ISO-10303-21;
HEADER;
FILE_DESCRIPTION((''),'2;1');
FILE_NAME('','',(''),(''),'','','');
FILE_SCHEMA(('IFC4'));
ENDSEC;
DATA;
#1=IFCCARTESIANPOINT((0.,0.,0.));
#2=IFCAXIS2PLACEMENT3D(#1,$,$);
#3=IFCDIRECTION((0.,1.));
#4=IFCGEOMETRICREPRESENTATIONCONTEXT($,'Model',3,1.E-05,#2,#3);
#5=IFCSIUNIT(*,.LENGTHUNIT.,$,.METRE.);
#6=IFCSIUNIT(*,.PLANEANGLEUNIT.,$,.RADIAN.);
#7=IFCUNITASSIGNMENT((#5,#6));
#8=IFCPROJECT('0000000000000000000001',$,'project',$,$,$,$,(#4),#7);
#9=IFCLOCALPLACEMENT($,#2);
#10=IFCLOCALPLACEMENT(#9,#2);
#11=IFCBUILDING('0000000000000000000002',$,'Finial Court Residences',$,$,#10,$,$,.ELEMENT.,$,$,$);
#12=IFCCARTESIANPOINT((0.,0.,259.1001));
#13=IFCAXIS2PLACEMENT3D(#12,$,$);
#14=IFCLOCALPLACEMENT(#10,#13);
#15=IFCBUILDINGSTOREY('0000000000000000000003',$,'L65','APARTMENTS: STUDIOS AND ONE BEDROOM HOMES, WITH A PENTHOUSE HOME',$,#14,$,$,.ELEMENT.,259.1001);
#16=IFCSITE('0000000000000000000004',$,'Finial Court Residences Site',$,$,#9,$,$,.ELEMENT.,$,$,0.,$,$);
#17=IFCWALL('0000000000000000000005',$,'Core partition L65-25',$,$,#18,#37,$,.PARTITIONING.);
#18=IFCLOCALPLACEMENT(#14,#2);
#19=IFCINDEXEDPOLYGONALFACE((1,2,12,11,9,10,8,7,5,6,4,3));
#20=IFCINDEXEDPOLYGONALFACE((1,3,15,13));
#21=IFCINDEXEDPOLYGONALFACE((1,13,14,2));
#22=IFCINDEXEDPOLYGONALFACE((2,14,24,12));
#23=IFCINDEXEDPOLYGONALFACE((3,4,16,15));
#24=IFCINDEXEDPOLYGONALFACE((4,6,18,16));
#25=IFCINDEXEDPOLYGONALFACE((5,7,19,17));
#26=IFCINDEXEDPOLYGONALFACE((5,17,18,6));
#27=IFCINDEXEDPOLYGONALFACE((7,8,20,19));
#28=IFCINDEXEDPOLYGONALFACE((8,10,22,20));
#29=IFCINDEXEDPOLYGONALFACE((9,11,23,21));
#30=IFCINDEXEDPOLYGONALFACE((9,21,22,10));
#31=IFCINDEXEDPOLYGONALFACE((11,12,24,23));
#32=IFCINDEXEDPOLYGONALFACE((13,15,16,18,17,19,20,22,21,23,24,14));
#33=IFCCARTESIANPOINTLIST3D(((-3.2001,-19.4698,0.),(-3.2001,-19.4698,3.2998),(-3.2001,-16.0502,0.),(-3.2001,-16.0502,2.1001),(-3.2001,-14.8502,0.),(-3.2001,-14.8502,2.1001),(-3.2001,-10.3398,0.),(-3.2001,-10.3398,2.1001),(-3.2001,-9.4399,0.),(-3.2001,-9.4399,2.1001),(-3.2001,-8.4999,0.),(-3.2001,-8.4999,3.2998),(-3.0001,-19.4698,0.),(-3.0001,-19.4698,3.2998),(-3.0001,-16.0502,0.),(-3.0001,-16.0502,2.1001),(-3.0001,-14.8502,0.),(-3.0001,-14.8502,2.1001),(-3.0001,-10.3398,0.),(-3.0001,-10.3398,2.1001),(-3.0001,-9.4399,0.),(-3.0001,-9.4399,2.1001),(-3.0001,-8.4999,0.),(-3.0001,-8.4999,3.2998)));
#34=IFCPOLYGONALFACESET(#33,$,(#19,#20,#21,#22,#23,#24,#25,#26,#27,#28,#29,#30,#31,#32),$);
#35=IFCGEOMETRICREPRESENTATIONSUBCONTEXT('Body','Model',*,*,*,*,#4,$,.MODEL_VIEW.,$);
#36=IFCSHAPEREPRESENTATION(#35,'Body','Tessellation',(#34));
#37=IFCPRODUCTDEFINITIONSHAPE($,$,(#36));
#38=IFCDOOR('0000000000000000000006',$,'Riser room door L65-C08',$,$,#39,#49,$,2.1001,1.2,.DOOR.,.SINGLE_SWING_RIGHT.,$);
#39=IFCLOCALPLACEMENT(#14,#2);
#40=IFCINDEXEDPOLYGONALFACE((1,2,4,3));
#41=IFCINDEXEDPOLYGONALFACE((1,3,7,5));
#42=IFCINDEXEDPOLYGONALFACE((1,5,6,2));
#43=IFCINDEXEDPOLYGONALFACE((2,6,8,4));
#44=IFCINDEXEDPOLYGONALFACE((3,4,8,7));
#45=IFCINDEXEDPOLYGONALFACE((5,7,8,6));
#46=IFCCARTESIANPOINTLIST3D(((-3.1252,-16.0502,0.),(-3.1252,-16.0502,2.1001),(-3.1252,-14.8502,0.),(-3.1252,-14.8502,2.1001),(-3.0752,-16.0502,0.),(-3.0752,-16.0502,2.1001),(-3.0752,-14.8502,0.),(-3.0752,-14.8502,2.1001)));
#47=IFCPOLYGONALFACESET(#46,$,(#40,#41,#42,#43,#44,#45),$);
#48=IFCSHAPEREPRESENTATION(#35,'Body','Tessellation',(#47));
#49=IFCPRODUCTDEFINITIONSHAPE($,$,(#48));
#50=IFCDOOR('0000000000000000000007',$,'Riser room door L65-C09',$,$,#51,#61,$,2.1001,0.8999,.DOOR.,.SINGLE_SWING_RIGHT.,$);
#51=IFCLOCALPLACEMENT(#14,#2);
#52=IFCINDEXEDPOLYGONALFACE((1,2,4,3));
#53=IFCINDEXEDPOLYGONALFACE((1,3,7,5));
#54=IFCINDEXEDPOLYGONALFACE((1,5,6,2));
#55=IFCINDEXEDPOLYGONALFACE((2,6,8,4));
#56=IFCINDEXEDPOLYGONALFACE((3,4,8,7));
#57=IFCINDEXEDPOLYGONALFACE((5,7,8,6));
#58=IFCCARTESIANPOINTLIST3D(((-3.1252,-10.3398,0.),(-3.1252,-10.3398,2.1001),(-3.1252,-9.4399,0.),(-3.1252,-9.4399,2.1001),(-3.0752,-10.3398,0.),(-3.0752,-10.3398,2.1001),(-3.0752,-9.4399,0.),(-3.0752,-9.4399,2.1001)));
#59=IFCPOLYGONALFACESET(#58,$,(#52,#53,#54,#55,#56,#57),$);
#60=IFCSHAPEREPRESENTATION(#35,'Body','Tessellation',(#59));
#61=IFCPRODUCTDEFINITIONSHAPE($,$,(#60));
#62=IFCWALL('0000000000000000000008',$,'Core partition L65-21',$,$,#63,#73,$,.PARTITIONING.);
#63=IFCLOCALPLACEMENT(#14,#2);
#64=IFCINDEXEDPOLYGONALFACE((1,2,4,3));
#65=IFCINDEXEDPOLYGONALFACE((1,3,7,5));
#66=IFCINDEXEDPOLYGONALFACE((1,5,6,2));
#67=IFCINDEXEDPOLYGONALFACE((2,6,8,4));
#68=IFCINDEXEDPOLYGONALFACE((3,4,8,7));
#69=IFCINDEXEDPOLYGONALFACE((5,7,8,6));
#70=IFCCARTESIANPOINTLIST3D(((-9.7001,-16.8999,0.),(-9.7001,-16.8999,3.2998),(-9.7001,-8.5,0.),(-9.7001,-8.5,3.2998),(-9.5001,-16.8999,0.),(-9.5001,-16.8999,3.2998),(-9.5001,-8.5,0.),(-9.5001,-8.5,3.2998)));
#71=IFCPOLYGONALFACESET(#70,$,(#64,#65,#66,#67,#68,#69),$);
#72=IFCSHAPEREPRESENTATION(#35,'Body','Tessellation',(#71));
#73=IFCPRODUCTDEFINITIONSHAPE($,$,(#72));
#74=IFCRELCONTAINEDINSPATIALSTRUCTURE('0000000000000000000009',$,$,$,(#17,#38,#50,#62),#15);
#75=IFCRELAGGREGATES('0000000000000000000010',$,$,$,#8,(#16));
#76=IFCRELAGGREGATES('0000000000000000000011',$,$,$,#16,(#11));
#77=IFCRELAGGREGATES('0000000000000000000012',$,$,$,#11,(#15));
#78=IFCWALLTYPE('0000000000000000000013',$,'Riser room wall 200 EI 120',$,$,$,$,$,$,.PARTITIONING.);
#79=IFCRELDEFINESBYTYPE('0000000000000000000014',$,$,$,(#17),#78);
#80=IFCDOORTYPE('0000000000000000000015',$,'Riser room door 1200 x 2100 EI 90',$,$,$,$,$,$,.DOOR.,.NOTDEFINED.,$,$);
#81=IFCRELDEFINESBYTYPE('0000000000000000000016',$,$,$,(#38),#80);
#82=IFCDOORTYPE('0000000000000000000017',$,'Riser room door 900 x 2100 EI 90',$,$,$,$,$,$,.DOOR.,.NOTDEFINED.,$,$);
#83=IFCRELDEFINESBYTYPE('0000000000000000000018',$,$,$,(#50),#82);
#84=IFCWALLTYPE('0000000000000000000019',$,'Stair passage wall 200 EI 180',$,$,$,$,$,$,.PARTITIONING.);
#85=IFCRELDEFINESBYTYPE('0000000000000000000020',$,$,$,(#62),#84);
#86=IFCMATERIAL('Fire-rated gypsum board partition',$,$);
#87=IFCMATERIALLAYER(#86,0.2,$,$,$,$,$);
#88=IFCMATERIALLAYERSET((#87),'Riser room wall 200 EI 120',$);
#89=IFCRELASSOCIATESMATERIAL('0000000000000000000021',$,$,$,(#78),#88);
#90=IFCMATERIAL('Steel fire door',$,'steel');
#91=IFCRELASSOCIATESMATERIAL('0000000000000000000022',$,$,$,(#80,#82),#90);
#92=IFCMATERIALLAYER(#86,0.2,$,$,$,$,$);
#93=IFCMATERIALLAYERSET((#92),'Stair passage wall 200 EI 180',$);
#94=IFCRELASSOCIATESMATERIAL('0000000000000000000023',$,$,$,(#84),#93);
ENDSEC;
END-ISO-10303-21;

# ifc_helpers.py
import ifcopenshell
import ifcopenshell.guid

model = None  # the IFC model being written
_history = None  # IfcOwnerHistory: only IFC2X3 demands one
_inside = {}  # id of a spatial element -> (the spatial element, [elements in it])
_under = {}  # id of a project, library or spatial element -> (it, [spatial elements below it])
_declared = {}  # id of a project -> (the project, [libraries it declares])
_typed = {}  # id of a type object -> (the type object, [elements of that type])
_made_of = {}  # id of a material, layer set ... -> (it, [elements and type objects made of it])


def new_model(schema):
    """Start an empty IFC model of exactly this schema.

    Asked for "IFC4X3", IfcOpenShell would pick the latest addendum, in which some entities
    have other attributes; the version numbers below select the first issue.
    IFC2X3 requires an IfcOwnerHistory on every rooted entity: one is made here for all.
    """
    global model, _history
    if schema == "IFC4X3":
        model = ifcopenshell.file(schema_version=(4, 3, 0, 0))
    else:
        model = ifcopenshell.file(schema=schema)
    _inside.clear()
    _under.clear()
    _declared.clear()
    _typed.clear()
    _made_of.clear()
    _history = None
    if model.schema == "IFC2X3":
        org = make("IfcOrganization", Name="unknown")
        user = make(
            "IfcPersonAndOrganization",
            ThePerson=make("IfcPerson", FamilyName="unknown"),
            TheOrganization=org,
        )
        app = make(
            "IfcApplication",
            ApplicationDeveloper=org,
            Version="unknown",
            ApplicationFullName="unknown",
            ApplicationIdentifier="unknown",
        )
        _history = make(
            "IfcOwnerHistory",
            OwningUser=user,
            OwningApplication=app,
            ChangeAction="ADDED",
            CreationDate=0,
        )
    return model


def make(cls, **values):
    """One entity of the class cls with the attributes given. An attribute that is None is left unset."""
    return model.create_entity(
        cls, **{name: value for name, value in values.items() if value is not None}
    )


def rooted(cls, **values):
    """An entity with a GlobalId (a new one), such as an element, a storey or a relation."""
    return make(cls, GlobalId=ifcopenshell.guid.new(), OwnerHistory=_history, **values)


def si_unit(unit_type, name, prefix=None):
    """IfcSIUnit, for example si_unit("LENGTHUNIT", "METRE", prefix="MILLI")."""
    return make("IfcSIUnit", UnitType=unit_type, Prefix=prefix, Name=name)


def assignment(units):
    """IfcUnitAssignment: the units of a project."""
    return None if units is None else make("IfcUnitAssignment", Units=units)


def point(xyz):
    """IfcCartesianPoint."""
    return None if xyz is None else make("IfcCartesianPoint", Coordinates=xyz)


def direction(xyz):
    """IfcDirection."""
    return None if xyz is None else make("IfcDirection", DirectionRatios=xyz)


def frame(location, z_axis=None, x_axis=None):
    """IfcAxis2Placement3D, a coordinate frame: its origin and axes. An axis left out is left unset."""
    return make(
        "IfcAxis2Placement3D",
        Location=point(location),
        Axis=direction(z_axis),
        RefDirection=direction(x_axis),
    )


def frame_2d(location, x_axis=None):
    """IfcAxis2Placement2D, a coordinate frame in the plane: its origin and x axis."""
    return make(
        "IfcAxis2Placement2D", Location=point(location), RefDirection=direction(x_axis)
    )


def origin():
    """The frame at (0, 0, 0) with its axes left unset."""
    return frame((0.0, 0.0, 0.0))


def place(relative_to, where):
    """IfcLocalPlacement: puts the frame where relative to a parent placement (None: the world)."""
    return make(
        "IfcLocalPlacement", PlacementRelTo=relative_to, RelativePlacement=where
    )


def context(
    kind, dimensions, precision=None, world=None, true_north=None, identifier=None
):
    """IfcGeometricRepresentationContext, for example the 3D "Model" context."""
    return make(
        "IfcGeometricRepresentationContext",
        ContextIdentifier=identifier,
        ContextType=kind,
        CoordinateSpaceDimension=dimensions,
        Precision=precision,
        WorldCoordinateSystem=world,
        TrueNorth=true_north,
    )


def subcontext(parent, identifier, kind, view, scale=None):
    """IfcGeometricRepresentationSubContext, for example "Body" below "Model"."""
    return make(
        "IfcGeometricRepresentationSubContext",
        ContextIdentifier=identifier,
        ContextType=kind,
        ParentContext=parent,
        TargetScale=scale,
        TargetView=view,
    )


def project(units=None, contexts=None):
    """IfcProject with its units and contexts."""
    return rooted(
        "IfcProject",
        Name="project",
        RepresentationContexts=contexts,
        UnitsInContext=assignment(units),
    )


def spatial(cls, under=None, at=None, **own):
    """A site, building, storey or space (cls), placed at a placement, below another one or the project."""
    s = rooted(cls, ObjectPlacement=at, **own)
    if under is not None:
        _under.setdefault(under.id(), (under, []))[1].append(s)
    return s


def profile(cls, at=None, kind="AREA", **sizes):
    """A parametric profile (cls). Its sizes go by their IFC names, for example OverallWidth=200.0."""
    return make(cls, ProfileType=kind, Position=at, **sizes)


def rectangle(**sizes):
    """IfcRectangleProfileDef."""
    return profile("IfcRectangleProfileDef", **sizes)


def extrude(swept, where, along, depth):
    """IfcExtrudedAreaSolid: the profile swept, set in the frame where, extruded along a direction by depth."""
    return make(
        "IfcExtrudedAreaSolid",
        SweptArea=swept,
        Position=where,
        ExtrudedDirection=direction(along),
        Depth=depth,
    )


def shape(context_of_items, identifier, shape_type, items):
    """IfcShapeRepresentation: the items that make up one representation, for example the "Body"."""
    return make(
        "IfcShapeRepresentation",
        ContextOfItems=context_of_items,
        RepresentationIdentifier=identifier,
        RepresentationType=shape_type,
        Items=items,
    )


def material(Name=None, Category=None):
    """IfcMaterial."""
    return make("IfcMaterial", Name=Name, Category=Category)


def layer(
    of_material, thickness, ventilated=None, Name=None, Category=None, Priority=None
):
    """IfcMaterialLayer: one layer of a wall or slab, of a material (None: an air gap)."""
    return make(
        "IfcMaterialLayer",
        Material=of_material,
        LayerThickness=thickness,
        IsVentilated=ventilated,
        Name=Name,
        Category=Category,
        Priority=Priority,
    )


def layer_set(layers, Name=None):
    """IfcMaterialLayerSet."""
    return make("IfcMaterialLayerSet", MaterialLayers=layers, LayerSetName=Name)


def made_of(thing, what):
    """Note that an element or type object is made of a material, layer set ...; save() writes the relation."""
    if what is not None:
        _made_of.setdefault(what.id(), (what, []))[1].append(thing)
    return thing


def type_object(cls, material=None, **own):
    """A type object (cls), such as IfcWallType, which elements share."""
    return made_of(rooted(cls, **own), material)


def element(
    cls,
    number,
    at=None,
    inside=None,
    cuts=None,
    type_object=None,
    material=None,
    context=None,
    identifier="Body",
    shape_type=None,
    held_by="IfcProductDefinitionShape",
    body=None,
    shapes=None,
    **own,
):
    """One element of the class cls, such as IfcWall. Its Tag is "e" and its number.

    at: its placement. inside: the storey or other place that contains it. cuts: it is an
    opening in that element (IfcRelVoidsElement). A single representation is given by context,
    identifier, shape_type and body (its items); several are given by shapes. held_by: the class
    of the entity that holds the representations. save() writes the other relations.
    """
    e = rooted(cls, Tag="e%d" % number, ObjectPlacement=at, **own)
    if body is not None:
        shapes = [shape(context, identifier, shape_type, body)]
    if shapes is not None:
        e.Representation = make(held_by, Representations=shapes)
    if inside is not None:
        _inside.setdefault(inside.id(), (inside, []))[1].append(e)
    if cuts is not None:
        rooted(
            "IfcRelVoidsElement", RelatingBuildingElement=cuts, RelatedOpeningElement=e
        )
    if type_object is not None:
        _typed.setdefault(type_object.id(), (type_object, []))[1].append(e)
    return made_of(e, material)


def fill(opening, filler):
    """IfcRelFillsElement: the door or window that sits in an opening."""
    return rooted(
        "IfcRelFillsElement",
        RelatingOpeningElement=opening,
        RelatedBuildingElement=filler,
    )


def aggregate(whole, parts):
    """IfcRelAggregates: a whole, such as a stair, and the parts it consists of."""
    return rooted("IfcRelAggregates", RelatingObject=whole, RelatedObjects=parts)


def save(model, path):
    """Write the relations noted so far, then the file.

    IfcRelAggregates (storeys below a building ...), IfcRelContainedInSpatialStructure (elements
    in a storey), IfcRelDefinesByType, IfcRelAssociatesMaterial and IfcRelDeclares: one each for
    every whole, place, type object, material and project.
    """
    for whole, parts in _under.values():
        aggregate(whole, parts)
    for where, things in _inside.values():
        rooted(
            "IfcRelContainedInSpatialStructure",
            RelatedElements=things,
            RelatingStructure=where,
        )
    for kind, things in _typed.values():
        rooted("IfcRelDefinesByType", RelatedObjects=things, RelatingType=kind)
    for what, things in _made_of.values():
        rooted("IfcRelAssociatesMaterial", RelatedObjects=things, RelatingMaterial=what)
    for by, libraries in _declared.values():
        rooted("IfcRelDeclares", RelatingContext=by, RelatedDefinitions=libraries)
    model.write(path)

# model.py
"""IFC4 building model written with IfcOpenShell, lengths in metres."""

from ifc_helpers import new_model, si_unit, direction, frame, frame_2d, origin, place, context, subcontext, project, spatial, rectangle, extrude, material, layer, layer_set, type_object, element, fill, save


model = new_model("IFC4")

# Units and contexts
model_context = context("Model", 3, precision=1e-05, world=origin(), true_north=direction((0.0, 1.0)))
body_context = subcontext(model_context, "Body", "Model", "MODEL_VIEW")
ifc_project = project(units=[si_unit("LENGTHUNIT", "METRE"), si_unit("PLANEANGLEUNIT", "RADIAN")], contexts=[model_context])

# Site, building, storey
site_placement = place(None, origin())
site = spatial("IfcSite", under=ifc_project, at=site_placement, Name="Finial Court Residences Site", CompositionType="ELEMENT", RefElevation=0.0)
building_placement = place(site_placement, origin())
building = spatial("IfcBuilding", under=site, at=building_placement, Name="Finial Court Residences", CompositionType="ELEMENT")
storey_placement = place(building_placement, frame((0.0, 0.0, 259.1001)))
storey = spatial("IfcBuildingStorey", under=building, at=storey_placement, Name="L65", Description="APARTMENTS: STUDIOS AND ONE BEDROOM HOMES, WITH A PENTHOUSE HOME", CompositionType="ELEMENT", Elevation=259.1001)

# Shared definitions
ifc_material_1 = material(Name="Fire-rated gypsum board partition")

# Wall, openings, doors
ifc_layer_1 = layer(ifc_material_1, 0.2)
ifc_layer_set_1 = layer_set([ifc_layer_1], Name="Riser room wall 200 EI 120")
wall_type_1 = type_object("IfcWallType", Name="Riser room wall 200 EI 120", PredefinedType="PARTITIONING", material=ifc_layer_set_1)
wall_1_placement = place(storey_placement, frame((-3.1001, -8.5, 0.0), z_axis=(0.0, 0.0, 1.0), x_axis=(0.0, -1.0, 0.0)))
wall_1 = element("IfcWall", 1, at=wall_1_placement, inside=storey, type_object=wall_type_1, Name="Core partition L65-25", PredefinedType="PARTITIONING", context=body_context, shape_type="SweptSolid", body=[
    extrude(rectangle(XDim=10.97, YDim=0.2, at=frame_2d((5.4849, 0.0))), origin(), (0.0, 0.0, 1.0), 3.2998),
])
opening_1_placement = place(wall_1_placement, frame((6.3501, 0.0, 0.0)))
opening_1 = element("IfcOpeningElement", 2, at=opening_1_placement, cuts=wall_1, PredefinedType="OPENING", context=body_context, shape_type="SweptSolid", body=[
    extrude(rectangle(XDim=1.2, YDim=2.1001, at=frame_2d((0.6001, 1.05))), frame((0.0, 0.1099, 0.0), z_axis=(0.0, -1.0, 0.0), x_axis=(1.0, 0.0, 0.0)), (0.0, 0.0, 1.0), 0.22),
])
opening_2_placement = place(wall_1_placement, frame((0.9399, 0.0, 0.0)))
opening_2 = element("IfcOpeningElement", 3, at=opening_2_placement, cuts=wall_1, PredefinedType="OPENING", context=body_context, shape_type="SweptSolid", body=[
    extrude(rectangle(XDim=0.8999, YDim=2.1001, at=frame_2d((0.45, 1.05))), frame((0.0, 0.1099, 0.0), z_axis=(0.0, -1.0, 0.0), x_axis=(1.0, 0.0, 0.0)), (0.0, 0.0, 1.0), 0.22),
])
ifc_material_2 = material(Name="Steel fire door", Category="steel")
door_type_1 = type_object("IfcDoorType", Name="Riser room door 1200 x 2100 EI 90", OperationType="NOTDEFINED", PredefinedType="DOOR", material=ifc_material_2)
door_1_placement = place(opening_1_placement, origin())
door_1 = element("IfcDoor", 4, at=door_1_placement, inside=storey, type_object=door_type_1, Name="Riser room door L65-C08", OperationType="SINGLE_SWING_RIGHT", OverallHeight=2.1001, OverallWidth=1.2, PredefinedType="DOOR", context=body_context, shape_type="SweptSolid", body=[
    extrude(rectangle(XDim=1.2, YDim=2.1001, at=frame_2d((0.6001, 1.05))), frame((0.0, 0.0249, 0.0), z_axis=(0.0, -1.0, 0.0), x_axis=(1.0, 0.0, 0.0)), (0.0, 0.0, 1.0), 0.05),
])
fill(opening_1, door_1)
door_type_2 = type_object("IfcDoorType", Name="Riser room door 900 x 2100 EI 90", OperationType="NOTDEFINED", PredefinedType="DOOR", material=ifc_material_2)
door_2_placement = place(opening_2_placement, origin())
door_2 = element("IfcDoor", 5, at=door_2_placement, inside=storey, type_object=door_type_2, Name="Riser room door L65-C09", OperationType="SINGLE_SWING_RIGHT", OverallHeight=2.1001, OverallWidth=0.8999, PredefinedType="DOOR", context=body_context, shape_type="SweptSolid", body=[
    extrude(rectangle(XDim=0.8999, YDim=2.1001, at=frame_2d((0.45, 1.05))), frame((0.0, 0.0249, 0.0), z_axis=(0.0, -1.0, 0.0), x_axis=(1.0, 0.0, 0.0)), (0.0, 0.0, 1.0), 0.05),
])
fill(opening_2, door_2)

# Wall
ifc_layer_2 = layer(ifc_material_1, 0.2)
ifc_layer_set_2 = layer_set([ifc_layer_2], Name="Stair passage wall 200 EI 180")
wall_type_2 = type_object("IfcWallType", Name="Stair passage wall 200 EI 180", PredefinedType="PARTITIONING", material=ifc_layer_set_2)
wall_2_placement = place(storey_placement, frame((-9.6001, -16.8999, 0.0), z_axis=(0.0, 0.0, 1.0), x_axis=(0.0, 1.0, 0.0)))
element("IfcWall", 6, at=wall_2_placement, inside=storey, type_object=wall_type_2, Name="Core partition L65-21", PredefinedType="PARTITIONING", context=body_context, shape_type="SweptSolid", body=[
    extrude(rectangle(XDim=8.3999, YDim=0.2, at=frame_2d((4.2, 0.0))), origin(), (0.0, 0.0, 1.0), 3.2998),
])

save(model, "model.ifc")
